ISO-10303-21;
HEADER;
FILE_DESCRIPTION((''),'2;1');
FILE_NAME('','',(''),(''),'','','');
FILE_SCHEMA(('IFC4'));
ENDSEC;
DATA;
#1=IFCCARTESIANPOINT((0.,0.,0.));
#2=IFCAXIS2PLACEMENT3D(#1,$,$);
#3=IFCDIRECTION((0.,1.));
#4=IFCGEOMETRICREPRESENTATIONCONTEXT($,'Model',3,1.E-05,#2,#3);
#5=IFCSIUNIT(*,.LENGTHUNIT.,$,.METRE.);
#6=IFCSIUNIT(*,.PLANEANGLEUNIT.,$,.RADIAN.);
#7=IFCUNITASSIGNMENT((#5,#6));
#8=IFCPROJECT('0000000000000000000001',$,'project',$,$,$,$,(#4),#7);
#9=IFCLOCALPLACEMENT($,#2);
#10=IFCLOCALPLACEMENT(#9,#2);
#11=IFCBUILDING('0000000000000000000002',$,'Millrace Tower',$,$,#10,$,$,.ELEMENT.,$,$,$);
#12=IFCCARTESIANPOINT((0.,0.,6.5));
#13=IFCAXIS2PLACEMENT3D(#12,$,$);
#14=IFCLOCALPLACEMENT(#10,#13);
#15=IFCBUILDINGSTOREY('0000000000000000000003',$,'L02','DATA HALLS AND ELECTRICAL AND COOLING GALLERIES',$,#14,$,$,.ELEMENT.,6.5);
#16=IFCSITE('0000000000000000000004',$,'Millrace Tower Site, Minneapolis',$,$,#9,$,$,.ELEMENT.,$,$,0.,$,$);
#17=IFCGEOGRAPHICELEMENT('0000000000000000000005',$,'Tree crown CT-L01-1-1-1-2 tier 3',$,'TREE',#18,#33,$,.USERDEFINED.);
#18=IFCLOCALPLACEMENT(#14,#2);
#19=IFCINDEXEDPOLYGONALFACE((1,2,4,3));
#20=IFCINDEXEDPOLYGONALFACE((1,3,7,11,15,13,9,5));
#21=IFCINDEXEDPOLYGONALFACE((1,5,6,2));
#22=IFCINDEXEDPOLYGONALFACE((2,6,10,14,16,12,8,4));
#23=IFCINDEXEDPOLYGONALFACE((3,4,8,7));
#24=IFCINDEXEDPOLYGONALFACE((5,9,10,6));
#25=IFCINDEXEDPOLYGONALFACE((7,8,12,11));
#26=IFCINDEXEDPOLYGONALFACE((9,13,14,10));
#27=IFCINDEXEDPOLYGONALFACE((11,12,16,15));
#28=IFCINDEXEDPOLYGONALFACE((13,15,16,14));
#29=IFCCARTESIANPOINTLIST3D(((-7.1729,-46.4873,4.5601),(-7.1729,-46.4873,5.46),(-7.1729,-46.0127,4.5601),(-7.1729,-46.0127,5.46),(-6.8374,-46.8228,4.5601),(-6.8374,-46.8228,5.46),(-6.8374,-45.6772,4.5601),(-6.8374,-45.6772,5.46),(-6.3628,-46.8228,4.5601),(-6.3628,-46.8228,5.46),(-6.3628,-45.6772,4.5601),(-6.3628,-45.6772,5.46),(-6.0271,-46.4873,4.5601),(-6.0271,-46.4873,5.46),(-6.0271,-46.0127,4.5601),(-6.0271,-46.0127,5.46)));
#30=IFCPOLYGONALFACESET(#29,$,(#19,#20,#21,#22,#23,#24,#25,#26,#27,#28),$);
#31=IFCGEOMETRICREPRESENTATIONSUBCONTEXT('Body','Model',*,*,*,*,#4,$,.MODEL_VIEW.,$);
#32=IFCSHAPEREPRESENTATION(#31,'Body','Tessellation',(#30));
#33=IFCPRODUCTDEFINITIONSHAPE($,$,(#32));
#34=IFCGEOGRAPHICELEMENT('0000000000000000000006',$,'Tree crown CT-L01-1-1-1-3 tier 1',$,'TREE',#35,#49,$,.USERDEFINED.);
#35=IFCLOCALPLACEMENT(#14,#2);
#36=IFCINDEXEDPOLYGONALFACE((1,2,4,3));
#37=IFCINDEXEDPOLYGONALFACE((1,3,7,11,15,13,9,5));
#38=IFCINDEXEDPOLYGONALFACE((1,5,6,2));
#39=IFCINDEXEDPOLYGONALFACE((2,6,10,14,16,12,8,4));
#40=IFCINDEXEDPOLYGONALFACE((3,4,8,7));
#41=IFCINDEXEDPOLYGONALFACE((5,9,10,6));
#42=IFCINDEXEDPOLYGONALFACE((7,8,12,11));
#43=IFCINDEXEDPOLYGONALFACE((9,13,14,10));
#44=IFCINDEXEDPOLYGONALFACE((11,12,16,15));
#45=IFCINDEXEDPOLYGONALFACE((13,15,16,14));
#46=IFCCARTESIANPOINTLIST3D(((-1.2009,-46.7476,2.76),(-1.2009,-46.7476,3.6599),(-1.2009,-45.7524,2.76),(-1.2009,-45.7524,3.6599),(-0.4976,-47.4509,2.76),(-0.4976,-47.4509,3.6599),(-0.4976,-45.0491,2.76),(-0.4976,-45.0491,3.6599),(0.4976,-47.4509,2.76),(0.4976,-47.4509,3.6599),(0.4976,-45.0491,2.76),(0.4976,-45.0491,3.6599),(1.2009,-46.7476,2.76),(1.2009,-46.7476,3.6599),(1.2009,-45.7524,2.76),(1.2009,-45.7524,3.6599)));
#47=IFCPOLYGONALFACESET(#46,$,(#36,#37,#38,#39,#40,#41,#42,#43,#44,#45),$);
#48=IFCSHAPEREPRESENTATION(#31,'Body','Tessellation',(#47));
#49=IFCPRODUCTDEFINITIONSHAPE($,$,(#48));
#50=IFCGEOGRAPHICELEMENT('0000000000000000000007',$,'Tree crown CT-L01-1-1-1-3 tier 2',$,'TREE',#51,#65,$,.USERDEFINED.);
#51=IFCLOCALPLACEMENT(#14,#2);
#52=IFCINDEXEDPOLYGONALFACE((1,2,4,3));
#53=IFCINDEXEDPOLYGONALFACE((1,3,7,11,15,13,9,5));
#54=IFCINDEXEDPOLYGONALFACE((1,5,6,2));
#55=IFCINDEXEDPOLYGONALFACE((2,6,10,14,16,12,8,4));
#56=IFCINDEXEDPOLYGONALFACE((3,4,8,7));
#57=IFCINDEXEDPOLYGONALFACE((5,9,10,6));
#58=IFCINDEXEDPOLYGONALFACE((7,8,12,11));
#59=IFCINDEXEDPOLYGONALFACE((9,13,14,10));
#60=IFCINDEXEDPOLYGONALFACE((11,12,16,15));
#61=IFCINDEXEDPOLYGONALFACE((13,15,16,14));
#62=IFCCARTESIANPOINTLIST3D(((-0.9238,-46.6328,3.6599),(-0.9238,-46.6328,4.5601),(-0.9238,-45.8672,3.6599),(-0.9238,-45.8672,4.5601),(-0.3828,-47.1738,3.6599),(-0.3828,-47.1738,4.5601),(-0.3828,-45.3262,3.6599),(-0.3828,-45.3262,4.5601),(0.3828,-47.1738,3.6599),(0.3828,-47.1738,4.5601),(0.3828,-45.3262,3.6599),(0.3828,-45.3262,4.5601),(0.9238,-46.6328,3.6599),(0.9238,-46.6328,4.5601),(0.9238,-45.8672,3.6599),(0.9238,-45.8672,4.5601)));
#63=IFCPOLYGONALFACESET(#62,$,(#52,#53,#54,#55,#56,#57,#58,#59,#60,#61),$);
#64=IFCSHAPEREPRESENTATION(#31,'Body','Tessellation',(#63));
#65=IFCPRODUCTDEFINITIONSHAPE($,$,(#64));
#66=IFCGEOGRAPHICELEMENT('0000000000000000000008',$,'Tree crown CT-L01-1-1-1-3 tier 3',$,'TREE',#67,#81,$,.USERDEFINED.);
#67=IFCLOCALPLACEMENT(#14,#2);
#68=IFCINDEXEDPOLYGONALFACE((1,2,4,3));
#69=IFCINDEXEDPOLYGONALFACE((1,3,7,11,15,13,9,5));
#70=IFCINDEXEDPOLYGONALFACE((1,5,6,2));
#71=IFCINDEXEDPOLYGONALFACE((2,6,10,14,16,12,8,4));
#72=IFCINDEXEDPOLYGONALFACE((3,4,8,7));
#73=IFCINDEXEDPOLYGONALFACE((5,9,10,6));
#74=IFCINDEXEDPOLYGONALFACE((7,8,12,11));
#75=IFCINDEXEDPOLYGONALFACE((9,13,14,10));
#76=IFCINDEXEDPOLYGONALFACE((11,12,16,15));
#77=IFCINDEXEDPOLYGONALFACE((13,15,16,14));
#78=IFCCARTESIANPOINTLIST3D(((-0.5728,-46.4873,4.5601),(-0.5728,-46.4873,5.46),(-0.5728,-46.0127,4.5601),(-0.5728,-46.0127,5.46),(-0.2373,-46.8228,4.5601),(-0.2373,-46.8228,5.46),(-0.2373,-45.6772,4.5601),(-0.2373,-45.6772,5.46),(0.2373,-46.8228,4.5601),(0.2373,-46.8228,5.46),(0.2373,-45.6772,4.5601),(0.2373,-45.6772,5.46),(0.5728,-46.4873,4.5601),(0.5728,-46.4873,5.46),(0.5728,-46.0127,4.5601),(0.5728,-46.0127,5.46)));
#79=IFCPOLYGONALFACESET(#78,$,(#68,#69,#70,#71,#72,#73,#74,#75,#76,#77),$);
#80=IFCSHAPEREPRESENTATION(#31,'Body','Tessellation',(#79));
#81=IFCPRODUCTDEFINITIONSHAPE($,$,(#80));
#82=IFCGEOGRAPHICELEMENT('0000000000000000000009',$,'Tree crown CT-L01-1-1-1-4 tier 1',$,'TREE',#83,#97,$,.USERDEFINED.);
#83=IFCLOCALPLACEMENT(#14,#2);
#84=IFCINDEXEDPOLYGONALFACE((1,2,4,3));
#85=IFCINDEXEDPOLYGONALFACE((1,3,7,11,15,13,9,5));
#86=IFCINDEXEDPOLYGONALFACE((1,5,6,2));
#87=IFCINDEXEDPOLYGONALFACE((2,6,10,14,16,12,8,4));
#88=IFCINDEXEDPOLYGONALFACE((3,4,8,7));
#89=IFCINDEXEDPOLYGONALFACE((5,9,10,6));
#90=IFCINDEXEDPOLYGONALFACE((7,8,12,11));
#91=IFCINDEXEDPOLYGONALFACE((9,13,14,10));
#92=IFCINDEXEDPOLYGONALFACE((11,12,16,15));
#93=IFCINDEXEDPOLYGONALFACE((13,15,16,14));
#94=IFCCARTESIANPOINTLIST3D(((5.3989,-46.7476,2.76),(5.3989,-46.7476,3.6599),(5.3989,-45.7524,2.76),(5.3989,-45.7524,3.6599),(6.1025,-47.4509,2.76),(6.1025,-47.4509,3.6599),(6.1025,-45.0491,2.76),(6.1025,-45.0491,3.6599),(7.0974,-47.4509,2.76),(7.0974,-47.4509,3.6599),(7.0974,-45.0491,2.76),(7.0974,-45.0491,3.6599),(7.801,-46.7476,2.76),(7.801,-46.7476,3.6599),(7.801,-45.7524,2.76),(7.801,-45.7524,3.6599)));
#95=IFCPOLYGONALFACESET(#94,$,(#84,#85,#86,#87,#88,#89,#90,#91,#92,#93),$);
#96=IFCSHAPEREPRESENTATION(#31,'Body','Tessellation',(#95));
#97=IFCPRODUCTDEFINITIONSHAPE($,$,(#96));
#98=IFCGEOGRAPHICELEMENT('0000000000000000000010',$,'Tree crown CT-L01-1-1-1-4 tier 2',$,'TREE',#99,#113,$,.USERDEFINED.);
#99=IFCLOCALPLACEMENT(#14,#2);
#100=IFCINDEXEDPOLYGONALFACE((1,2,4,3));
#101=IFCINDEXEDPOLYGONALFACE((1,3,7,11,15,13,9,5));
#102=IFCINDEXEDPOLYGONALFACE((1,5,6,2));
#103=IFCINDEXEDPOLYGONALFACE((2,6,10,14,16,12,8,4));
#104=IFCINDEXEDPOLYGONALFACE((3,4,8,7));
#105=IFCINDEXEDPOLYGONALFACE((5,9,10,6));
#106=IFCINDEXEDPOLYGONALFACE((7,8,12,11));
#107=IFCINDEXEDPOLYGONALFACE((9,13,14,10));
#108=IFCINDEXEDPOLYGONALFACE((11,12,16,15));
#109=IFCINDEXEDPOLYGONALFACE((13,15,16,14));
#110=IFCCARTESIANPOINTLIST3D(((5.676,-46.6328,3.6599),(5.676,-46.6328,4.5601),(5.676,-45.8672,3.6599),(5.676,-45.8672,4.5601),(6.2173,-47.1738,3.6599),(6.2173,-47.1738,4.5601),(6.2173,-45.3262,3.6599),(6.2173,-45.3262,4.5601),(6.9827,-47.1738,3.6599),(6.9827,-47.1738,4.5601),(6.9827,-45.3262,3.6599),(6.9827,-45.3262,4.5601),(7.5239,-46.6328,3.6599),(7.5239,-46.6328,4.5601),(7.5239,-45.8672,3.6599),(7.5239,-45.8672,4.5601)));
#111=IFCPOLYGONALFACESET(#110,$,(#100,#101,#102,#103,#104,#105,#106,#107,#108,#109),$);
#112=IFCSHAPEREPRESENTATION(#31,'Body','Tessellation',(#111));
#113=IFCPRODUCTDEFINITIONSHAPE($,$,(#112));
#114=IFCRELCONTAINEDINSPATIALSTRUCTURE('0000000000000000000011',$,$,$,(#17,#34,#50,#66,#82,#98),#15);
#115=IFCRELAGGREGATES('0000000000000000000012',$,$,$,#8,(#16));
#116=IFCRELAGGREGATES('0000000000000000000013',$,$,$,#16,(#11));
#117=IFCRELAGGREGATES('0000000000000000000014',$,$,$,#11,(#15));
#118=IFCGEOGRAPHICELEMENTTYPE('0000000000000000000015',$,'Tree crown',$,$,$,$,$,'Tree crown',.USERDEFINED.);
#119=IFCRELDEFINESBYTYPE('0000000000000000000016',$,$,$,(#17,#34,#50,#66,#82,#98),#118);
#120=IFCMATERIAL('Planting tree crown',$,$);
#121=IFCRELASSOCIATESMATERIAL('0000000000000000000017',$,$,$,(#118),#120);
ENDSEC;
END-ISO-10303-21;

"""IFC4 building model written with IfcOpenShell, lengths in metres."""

from ifc_helpers import new_model, si_unit, direction, frame, origin, place, context, subcontext, project, spatial, polyline, outline, extrude, material, type_object, element, save


model = new_model("IFC4")

# Units and contexts
model_context = context("Model", 3, precision=1e-05, world=origin(), true_north=direction((0.0, 1.0)))
body_context = subcontext(model_context, "Body", "Model", "MODEL_VIEW")
ifc_project = project(units=[si_unit("LENGTHUNIT", "METRE"), si_unit("PLANEANGLEUNIT", "RADIAN")], contexts=[model_context])

# Site, building, storey
site_placement = place(None, origin())
site = spatial("IfcSite", under=ifc_project, at=site_placement, Name="Millrace Tower Site, Minneapolis", CompositionType="ELEMENT", RefElevation=0.0)
building_placement = place(site_placement, origin())
building = spatial("IfcBuilding", under=site, at=building_placement, Name="Millrace Tower", CompositionType="ELEMENT")
storey_placement = place(building_placement, frame((0.0, 0.0, 6.5)))
storey = spatial("IfcBuildingStorey", under=building, at=storey_placement, Name="L02", Description="DATA HALLS AND ELECTRICAL AND COOLING GALLERIES", CompositionType="ELEMENT", Elevation=6.5)

# Geographic elements
ifc_material = material(Name="Planting tree crown")
geographic_element_type = type_object("IfcGeographicElementType", Name="Tree crown", ElementType="Tree crown", PredefinedType="USERDEFINED", material=ifc_material)
placement_1 = place(storey_placement, frame((0.0, 0.0, 2.76)))
placement_2 = place(storey_placement, frame((0.0, 0.0, 3.6599)))
placement_3 = place(storey_placement, frame((0.0, 0.0, 4.5601)))
element("IfcGeographicElement", 1, at=placement_3, inside=storey, type_object=geographic_element_type, Name="Tree crown CT-L01-1-1-1-2 tier 3", ObjectType="TREE", PredefinedType="USERDEFINED", context=body_context, shape_type="SweptSolid", body=[
    extrude(outline(polyline([(-6.0271, -46.0127), (-6.3628, -45.6772), (-6.8374, -45.6772), (-7.1729, -46.0127), (-7.1729, -46.4873), (-6.8374, -46.8228), (-6.3628, -46.8228), (-6.0271, -46.4873), (-6.0271, -46.0127)])), origin(), (0.0, 0.0, 1.0), 0.8999),
])
element("IfcGeographicElement", 2, at=placement_1, inside=storey, type_object=geographic_element_type, Name="Tree crown CT-L01-1-1-1-3 tier 1", ObjectType="TREE", PredefinedType="USERDEFINED", context=body_context, shape_type="SweptSolid", body=[
    extrude(outline(polyline([(1.2009, -45.7524), (0.4976, -45.0491), (-0.4976, -45.0491), (-1.2009, -45.7524), (-1.2009, -46.7476), (-0.4976, -47.4509), (0.4976, -47.4509), (1.2009, -46.7476), (1.2009, -45.7524)])), origin(), (0.0, 0.0, 1.0), 0.8999),
])
element("IfcGeographicElement", 3, at=placement_2, inside=storey, type_object=geographic_element_type, Name="Tree crown CT-L01-1-1-1-3 tier 2", ObjectType="TREE", PredefinedType="USERDEFINED", context=body_context, shape_type="SweptSolid", body=[
    extrude(outline(polyline([(0.9238, -45.8672), (0.3828, -45.3262), (-0.3828, -45.3262), (-0.9238, -45.8672), (-0.9238, -46.6328), (-0.3828, -47.1738), (0.3828, -47.1738), (0.9238, -46.6328), (0.9238, -45.8672)])), origin(), (0.0, 0.0, 1.0), 0.9001),
])
element("IfcGeographicElement", 4, at=placement_3, inside=storey, type_object=geographic_element_type, Name="Tree crown CT-L01-1-1-1-3 tier 3", ObjectType="TREE", PredefinedType="USERDEFINED", context=body_context, shape_type="SweptSolid", body=[
    extrude(outline(polyline([(0.5728, -46.0127), (0.2373, -45.6772), (-0.2373, -45.6772), (-0.5728, -46.0127), (-0.5728, -46.4873), (-0.2373, -46.8228), (0.2373, -46.8228), (0.5728, -46.4873), (0.5728, -46.0127)])), origin(), (0.0, 0.0, 1.0), 0.8999),
])
element("IfcGeographicElement", 5, at=placement_1, inside=storey, type_object=geographic_element_type, Name="Tree crown CT-L01-1-1-1-4 tier 1", ObjectType="TREE", PredefinedType="USERDEFINED", context=body_context, shape_type="SweptSolid", body=[
    extrude(outline(polyline([(7.801, -45.7524), (7.0974, -45.0491), (6.1025, -45.0491), (5.3989, -45.7524), (5.3989, -46.7476), (6.1025, -47.4509), (7.0974, -47.4509), (7.801, -46.7476), (7.801, -45.7524)])), origin(), (0.0, 0.0, 1.0), 0.8999),
])
element("IfcGeographicElement", 6, at=placement_2, inside=storey, type_object=geographic_element_type, Name="Tree crown CT-L01-1-1-1-4 tier 2", ObjectType="TREE", PredefinedType="USERDEFINED", context=body_context, shape_type="SweptSolid", body=[
    extrude(outline(polyline([(7.5239, -45.8672), (6.9827, -45.3262), (6.2173, -45.3262), (5.676, -45.8672), (5.676, -46.6328), (6.2173, -47.1738), (6.9827, -47.1738), (7.5239, -46.6328), (7.5239, -45.8672)])), origin(), (0.0, 0.0, 1.0), 0.9001),
])

save(model, "model.ifc")
